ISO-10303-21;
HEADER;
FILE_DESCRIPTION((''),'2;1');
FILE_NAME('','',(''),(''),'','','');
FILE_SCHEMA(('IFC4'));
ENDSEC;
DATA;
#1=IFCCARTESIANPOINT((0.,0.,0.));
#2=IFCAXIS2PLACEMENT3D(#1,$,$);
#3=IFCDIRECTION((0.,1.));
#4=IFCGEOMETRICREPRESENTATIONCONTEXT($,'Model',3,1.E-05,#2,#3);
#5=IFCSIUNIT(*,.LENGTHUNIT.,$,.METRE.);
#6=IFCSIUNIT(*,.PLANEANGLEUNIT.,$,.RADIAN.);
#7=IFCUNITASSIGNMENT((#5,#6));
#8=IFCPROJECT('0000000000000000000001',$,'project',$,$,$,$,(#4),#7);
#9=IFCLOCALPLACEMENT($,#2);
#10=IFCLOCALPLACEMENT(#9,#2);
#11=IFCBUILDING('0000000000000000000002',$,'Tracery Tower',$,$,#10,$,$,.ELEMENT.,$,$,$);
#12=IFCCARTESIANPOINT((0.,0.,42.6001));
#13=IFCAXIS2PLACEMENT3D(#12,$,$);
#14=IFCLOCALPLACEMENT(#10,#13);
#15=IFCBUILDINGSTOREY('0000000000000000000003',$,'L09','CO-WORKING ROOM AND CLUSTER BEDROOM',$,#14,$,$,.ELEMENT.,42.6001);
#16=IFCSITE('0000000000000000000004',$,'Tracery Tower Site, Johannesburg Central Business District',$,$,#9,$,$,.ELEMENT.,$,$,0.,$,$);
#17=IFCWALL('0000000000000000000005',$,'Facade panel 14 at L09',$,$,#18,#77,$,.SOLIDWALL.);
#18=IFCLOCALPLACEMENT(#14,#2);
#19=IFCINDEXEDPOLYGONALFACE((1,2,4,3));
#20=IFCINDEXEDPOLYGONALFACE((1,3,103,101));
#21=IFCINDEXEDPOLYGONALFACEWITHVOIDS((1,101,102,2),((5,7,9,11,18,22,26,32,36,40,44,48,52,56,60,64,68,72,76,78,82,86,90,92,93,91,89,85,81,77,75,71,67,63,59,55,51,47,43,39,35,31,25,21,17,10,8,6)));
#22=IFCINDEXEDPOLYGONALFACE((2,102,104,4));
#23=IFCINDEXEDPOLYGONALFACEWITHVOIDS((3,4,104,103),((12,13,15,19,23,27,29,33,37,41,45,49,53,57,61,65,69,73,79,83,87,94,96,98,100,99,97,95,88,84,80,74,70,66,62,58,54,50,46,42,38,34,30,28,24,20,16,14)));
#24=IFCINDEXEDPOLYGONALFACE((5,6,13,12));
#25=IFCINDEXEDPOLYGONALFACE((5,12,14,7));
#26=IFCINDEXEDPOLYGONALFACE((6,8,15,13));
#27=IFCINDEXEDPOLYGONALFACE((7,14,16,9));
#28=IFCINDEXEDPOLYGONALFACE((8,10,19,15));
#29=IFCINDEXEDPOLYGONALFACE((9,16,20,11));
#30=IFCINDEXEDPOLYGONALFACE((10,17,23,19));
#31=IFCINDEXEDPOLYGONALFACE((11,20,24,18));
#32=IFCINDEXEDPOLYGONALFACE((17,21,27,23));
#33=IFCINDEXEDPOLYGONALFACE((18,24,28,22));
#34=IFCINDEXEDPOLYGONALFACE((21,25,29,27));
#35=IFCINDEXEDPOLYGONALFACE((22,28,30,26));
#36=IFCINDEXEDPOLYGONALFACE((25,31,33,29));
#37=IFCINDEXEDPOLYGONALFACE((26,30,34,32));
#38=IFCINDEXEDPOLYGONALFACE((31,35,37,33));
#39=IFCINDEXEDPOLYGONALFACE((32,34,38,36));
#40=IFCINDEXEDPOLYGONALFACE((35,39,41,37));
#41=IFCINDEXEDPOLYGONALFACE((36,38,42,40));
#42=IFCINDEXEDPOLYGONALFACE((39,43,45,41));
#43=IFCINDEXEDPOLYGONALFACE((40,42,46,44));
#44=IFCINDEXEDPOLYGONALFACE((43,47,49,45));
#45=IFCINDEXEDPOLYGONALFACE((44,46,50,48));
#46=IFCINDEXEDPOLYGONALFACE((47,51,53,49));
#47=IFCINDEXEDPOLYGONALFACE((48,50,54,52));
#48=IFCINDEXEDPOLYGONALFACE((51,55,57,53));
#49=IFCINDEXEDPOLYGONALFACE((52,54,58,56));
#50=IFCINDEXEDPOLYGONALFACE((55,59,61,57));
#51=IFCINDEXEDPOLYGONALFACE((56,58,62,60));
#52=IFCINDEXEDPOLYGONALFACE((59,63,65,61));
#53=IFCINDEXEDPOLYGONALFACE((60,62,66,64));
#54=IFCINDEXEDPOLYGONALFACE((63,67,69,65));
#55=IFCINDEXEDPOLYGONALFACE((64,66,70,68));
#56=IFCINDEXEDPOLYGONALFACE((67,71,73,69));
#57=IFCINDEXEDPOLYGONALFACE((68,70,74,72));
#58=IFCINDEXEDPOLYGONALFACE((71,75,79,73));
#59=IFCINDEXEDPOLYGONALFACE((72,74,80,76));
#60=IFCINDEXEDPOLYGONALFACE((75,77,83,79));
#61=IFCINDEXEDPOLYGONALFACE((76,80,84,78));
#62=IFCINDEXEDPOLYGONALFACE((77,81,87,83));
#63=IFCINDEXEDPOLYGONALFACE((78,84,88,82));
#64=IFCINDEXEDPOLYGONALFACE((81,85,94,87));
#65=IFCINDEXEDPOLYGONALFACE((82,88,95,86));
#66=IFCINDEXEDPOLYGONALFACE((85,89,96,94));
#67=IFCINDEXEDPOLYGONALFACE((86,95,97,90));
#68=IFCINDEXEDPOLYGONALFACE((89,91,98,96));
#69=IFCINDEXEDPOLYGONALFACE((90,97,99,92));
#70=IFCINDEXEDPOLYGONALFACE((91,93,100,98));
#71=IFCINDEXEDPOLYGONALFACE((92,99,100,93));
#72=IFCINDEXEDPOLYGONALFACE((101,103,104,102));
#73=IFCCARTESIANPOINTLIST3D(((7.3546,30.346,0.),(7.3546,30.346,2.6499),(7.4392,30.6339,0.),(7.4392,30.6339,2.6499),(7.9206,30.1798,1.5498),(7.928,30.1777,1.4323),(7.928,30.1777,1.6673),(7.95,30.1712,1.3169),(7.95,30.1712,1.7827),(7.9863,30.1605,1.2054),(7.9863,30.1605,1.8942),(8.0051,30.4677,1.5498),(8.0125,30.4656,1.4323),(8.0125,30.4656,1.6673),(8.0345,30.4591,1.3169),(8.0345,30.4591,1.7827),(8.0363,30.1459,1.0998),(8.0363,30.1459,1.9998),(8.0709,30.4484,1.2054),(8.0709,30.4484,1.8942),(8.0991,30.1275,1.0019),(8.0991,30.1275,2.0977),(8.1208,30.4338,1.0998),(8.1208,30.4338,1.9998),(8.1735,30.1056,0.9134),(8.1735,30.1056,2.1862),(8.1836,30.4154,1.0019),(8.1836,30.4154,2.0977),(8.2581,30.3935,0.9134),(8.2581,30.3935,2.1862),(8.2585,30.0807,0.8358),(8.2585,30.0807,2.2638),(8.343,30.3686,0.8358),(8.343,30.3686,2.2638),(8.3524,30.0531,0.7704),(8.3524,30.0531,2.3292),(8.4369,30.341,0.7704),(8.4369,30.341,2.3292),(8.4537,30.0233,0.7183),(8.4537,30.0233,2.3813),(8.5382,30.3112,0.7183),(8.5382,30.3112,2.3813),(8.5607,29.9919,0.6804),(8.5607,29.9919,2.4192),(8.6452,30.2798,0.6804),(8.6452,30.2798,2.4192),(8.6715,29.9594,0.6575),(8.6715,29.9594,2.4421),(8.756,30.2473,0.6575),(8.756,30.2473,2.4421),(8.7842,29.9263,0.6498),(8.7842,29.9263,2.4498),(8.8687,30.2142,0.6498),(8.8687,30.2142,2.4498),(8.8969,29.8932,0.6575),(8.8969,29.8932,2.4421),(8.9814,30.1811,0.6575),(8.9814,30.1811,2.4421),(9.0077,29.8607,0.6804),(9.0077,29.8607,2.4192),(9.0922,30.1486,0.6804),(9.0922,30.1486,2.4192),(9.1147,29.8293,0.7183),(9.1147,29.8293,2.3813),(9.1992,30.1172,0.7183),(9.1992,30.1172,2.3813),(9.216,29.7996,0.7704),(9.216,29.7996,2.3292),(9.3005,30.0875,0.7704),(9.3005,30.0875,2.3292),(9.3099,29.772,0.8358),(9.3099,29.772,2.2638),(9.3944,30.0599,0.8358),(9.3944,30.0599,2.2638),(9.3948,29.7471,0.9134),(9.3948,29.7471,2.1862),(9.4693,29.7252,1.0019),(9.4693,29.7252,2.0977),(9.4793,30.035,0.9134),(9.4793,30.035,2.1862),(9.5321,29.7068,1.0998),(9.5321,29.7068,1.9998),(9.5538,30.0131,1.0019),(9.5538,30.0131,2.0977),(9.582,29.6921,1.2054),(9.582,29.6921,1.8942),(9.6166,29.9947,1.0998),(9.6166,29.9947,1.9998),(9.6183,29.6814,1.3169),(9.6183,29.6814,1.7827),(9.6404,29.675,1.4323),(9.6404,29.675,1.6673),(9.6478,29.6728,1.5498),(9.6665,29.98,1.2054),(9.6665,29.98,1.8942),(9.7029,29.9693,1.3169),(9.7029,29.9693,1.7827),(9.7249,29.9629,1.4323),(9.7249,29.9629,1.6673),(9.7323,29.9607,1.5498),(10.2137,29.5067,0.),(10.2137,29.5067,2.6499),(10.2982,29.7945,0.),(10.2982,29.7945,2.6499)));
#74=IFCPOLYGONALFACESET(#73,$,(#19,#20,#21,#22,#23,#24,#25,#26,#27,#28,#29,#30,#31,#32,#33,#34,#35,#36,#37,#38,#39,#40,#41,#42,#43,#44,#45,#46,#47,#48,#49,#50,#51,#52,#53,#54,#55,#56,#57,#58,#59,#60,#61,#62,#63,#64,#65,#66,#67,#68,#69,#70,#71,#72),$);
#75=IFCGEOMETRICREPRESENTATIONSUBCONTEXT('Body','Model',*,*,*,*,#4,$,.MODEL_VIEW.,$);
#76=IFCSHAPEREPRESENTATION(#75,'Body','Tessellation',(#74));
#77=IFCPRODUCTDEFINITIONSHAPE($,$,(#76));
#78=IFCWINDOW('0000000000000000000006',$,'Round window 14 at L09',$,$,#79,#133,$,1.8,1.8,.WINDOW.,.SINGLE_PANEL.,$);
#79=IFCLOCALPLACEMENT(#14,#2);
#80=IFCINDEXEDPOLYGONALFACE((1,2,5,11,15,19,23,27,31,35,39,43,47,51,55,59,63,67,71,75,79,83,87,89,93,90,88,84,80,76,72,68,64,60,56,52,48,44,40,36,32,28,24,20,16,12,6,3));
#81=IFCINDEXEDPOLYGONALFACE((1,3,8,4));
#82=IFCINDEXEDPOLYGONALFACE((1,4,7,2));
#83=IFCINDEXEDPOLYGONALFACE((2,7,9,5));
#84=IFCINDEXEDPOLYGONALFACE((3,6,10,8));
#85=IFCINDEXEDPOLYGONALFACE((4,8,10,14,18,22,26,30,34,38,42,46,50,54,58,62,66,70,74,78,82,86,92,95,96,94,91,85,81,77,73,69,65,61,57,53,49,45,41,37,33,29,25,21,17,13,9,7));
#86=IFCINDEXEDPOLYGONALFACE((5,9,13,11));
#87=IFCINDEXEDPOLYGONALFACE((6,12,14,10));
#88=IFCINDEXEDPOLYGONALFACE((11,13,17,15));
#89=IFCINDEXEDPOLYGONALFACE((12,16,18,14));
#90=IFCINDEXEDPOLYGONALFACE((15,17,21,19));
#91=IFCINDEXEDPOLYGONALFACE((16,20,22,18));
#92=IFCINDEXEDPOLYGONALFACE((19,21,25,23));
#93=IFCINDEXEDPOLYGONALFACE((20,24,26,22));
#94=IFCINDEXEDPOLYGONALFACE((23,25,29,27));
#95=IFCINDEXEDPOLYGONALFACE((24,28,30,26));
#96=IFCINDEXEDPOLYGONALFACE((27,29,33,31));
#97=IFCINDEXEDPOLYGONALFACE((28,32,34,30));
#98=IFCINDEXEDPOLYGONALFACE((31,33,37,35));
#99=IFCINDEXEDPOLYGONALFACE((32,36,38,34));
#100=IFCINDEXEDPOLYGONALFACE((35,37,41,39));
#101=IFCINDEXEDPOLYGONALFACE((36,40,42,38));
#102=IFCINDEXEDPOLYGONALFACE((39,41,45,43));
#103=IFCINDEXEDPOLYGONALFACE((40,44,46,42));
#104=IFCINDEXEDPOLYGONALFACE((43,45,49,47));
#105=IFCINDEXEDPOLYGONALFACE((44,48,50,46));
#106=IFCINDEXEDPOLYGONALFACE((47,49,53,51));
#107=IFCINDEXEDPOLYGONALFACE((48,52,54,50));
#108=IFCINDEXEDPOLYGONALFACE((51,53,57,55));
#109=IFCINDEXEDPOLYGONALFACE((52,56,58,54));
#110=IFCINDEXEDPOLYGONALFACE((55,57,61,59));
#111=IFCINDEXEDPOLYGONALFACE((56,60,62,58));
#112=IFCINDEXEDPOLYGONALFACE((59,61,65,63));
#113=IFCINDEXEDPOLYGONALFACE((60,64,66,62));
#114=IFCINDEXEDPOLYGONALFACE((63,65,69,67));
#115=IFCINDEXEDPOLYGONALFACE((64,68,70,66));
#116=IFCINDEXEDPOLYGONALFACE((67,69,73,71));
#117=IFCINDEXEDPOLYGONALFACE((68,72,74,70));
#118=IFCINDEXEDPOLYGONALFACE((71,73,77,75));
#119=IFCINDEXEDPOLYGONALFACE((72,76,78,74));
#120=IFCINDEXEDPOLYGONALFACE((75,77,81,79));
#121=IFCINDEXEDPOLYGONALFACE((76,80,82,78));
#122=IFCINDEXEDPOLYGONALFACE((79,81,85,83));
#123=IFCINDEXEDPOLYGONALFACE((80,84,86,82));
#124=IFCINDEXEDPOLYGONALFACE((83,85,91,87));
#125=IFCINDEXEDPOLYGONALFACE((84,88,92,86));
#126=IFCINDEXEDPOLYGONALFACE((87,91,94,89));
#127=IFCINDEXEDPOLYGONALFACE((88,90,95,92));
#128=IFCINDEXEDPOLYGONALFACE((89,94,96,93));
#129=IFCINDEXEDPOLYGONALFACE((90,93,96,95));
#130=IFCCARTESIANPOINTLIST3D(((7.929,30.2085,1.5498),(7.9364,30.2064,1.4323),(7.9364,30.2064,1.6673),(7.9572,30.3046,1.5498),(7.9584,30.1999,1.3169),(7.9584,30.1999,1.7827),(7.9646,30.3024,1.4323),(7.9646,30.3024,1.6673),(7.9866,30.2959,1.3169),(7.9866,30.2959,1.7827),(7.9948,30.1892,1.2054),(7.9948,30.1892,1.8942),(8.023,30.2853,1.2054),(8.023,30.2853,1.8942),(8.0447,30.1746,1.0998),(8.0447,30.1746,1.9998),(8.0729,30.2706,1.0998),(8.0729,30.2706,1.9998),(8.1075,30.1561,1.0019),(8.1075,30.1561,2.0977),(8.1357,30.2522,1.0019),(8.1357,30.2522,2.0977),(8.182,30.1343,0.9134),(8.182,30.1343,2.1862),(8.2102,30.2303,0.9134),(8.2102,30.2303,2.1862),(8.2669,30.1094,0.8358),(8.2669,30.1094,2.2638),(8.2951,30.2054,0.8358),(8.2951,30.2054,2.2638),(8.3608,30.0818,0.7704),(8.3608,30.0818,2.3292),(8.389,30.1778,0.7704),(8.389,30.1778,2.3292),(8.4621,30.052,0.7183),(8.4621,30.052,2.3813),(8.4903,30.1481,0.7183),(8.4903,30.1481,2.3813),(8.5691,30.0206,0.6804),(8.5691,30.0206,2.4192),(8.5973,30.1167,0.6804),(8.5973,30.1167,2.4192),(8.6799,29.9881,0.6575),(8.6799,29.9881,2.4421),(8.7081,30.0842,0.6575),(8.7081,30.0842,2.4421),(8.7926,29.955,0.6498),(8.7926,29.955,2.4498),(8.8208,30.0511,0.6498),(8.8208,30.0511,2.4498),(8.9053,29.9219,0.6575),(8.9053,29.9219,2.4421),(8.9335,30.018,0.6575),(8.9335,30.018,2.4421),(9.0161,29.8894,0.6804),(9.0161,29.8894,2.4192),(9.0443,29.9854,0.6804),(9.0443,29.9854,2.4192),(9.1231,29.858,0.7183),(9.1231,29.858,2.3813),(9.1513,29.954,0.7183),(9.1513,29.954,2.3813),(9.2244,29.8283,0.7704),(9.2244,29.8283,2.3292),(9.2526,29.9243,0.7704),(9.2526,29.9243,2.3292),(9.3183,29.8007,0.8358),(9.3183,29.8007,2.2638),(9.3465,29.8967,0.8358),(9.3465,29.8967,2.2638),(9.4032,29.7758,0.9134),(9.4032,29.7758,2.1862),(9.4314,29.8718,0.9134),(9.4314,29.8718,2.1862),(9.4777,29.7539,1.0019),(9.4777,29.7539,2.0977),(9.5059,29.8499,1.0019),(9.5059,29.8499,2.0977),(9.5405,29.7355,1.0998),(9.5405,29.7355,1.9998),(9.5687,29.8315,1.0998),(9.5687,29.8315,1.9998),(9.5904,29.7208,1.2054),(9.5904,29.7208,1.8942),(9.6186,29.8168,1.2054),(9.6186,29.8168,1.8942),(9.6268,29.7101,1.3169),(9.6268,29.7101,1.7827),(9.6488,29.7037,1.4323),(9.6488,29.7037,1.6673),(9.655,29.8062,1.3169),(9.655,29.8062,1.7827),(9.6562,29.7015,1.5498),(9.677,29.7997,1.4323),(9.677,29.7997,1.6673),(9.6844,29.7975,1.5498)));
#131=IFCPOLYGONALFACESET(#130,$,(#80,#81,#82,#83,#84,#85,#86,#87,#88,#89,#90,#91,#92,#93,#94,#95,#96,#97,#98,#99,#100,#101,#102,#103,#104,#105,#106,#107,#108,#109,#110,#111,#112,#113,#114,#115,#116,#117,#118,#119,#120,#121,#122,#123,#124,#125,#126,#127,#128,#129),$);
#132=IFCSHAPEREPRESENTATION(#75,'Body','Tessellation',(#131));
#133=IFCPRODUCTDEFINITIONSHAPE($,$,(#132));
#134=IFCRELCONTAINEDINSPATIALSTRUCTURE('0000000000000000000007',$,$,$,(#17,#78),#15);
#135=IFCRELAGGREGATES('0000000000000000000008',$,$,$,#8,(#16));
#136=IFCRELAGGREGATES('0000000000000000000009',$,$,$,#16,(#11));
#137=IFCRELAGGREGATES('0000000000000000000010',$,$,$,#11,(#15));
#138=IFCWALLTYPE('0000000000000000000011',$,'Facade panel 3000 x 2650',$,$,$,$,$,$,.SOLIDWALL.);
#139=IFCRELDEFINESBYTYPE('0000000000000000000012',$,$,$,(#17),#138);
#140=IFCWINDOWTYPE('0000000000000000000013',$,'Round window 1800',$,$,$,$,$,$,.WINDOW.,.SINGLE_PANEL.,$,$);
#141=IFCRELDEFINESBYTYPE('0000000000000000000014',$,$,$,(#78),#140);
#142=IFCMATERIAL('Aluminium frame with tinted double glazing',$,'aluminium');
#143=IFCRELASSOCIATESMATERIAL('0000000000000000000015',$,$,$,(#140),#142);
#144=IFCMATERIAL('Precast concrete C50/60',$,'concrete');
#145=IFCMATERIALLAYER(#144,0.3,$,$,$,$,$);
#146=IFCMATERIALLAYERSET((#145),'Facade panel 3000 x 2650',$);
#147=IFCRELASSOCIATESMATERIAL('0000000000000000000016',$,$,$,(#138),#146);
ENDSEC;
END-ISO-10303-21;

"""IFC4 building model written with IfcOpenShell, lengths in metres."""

from ifc_helpers import new_model, si_unit, direction, frame, frame_2d, origin, origin_2d, place, context, subcontext, project, spatial, rectangle, circle, extrude, material, layer, layer_set, type_object, element, fill, save


model = new_model("IFC4")

# Units and contexts
model_context = context("Model", 3, precision=1e-05, world=origin(), true_north=direction((0.0, 1.0)))
body_context = subcontext(model_context, "Body", "Model", "MODEL_VIEW")
ifc_project = project(units=[si_unit("LENGTHUNIT", "METRE"), si_unit("PLANEANGLEUNIT", "RADIAN")], contexts=[model_context])

# Site, building, storey
site_placement = place(None, origin())
site = spatial("IfcSite", under=ifc_project, at=site_placement, Name="Tracery Tower Site, Johannesburg Central Business District", CompositionType="ELEMENT", RefElevation=0.0)
building_placement = place(site_placement, origin())
building = spatial("IfcBuilding", under=site, at=building_placement, Name="Tracery Tower", CompositionType="ELEMENT")
storey_placement = place(building_placement, frame((0.0, 0.0, 42.6001)))
storey = spatial("IfcBuildingStorey", under=building, at=storey_placement, Name="L09", Description="CO-WORKING ROOM AND CLUSTER BEDROOM", CompositionType="ELEMENT", Elevation=42.6001)

# Wall, opening, window
ifc_material_1 = material(Name="Aluminium frame with tinted double glazing", Category="aluminium")
window_type = type_object("IfcWindowType", Name="Round window 1800", PartitioningType="SINGLE_PANEL", PredefinedType="WINDOW", material=ifc_material_1)
ifc_material_2 = material(Name="Precast concrete C50/60", Category="concrete")
ifc_layer_1 = layer(ifc_material_2, 0.3)
ifc_layer_set_1 = layer_set([ifc_layer_1], Name="Facade panel 3000 x 2650")
wall_type_1 = type_object("IfcWallType", Name="Facade panel 3000 x 2650", PredefinedType="SOLIDWALL", material=ifc_layer_set_1)
wall_1_placement = place(storey_placement, frame((10.2559, 29.6506, 0.0), z_axis=(0.0, 0.0, 1.0), x_axis=(-0.959508, 0.281683, 0.0)))
wall_1 = element("IfcWall", 1, at=wall_1_placement, inside=storey, type_object=wall_type_1, Name="Facade panel 14 at L09", PredefinedType="SOLIDWALL", context=body_context, shape_type="SweptSolid", body=[
    extrude(rectangle(XDim=2.9797, YDim=0.3, at=frame_2d((1.4897, 0.0))), origin(), (0.0, 0.0, 1.0), 2.6499),
])
opening_1_placement = place(wall_1_placement, frame((1.4897, 0.0, 1.5498)))
opening_1 = element("IfcOpeningElement", 2, at=opening_1_placement, cuts=wall_1, PredefinedType="OPENING", context=body_context, shape_type="SweptSolid", body=[
    extrude(circle(Radius=0.9, at=origin_2d()), frame((0.0, 0.1599, 0.0), z_axis=(0.0, -1.0, 0.0), x_axis=(1.0, 0.0, 0.0)), (0.0, 0.0, 1.0), 0.3201),
])
window_1_placement = place(opening_1_placement, origin())
window_1 = element("IfcWindow", 3, at=window_1_placement, inside=storey, type_object=window_type, Name="Round window 14 at L09", OverallHeight=1.8, OverallWidth=1.8, PartitioningType="SINGLE_PANEL", PredefinedType="WINDOW", context=body_context, shape_type="SweptSolid", body=[
    extrude(circle(Radius=0.9, at=origin_2d()), frame((0.0, 0.1201, 0.0), z_axis=(0.0, -1.0, 0.0), x_axis=(1.0, 0.0, 0.0)), (0.0, 0.0, 1.0), 0.1001),
])
fill(opening_1, window_1)

save(model, "model.ifc")
